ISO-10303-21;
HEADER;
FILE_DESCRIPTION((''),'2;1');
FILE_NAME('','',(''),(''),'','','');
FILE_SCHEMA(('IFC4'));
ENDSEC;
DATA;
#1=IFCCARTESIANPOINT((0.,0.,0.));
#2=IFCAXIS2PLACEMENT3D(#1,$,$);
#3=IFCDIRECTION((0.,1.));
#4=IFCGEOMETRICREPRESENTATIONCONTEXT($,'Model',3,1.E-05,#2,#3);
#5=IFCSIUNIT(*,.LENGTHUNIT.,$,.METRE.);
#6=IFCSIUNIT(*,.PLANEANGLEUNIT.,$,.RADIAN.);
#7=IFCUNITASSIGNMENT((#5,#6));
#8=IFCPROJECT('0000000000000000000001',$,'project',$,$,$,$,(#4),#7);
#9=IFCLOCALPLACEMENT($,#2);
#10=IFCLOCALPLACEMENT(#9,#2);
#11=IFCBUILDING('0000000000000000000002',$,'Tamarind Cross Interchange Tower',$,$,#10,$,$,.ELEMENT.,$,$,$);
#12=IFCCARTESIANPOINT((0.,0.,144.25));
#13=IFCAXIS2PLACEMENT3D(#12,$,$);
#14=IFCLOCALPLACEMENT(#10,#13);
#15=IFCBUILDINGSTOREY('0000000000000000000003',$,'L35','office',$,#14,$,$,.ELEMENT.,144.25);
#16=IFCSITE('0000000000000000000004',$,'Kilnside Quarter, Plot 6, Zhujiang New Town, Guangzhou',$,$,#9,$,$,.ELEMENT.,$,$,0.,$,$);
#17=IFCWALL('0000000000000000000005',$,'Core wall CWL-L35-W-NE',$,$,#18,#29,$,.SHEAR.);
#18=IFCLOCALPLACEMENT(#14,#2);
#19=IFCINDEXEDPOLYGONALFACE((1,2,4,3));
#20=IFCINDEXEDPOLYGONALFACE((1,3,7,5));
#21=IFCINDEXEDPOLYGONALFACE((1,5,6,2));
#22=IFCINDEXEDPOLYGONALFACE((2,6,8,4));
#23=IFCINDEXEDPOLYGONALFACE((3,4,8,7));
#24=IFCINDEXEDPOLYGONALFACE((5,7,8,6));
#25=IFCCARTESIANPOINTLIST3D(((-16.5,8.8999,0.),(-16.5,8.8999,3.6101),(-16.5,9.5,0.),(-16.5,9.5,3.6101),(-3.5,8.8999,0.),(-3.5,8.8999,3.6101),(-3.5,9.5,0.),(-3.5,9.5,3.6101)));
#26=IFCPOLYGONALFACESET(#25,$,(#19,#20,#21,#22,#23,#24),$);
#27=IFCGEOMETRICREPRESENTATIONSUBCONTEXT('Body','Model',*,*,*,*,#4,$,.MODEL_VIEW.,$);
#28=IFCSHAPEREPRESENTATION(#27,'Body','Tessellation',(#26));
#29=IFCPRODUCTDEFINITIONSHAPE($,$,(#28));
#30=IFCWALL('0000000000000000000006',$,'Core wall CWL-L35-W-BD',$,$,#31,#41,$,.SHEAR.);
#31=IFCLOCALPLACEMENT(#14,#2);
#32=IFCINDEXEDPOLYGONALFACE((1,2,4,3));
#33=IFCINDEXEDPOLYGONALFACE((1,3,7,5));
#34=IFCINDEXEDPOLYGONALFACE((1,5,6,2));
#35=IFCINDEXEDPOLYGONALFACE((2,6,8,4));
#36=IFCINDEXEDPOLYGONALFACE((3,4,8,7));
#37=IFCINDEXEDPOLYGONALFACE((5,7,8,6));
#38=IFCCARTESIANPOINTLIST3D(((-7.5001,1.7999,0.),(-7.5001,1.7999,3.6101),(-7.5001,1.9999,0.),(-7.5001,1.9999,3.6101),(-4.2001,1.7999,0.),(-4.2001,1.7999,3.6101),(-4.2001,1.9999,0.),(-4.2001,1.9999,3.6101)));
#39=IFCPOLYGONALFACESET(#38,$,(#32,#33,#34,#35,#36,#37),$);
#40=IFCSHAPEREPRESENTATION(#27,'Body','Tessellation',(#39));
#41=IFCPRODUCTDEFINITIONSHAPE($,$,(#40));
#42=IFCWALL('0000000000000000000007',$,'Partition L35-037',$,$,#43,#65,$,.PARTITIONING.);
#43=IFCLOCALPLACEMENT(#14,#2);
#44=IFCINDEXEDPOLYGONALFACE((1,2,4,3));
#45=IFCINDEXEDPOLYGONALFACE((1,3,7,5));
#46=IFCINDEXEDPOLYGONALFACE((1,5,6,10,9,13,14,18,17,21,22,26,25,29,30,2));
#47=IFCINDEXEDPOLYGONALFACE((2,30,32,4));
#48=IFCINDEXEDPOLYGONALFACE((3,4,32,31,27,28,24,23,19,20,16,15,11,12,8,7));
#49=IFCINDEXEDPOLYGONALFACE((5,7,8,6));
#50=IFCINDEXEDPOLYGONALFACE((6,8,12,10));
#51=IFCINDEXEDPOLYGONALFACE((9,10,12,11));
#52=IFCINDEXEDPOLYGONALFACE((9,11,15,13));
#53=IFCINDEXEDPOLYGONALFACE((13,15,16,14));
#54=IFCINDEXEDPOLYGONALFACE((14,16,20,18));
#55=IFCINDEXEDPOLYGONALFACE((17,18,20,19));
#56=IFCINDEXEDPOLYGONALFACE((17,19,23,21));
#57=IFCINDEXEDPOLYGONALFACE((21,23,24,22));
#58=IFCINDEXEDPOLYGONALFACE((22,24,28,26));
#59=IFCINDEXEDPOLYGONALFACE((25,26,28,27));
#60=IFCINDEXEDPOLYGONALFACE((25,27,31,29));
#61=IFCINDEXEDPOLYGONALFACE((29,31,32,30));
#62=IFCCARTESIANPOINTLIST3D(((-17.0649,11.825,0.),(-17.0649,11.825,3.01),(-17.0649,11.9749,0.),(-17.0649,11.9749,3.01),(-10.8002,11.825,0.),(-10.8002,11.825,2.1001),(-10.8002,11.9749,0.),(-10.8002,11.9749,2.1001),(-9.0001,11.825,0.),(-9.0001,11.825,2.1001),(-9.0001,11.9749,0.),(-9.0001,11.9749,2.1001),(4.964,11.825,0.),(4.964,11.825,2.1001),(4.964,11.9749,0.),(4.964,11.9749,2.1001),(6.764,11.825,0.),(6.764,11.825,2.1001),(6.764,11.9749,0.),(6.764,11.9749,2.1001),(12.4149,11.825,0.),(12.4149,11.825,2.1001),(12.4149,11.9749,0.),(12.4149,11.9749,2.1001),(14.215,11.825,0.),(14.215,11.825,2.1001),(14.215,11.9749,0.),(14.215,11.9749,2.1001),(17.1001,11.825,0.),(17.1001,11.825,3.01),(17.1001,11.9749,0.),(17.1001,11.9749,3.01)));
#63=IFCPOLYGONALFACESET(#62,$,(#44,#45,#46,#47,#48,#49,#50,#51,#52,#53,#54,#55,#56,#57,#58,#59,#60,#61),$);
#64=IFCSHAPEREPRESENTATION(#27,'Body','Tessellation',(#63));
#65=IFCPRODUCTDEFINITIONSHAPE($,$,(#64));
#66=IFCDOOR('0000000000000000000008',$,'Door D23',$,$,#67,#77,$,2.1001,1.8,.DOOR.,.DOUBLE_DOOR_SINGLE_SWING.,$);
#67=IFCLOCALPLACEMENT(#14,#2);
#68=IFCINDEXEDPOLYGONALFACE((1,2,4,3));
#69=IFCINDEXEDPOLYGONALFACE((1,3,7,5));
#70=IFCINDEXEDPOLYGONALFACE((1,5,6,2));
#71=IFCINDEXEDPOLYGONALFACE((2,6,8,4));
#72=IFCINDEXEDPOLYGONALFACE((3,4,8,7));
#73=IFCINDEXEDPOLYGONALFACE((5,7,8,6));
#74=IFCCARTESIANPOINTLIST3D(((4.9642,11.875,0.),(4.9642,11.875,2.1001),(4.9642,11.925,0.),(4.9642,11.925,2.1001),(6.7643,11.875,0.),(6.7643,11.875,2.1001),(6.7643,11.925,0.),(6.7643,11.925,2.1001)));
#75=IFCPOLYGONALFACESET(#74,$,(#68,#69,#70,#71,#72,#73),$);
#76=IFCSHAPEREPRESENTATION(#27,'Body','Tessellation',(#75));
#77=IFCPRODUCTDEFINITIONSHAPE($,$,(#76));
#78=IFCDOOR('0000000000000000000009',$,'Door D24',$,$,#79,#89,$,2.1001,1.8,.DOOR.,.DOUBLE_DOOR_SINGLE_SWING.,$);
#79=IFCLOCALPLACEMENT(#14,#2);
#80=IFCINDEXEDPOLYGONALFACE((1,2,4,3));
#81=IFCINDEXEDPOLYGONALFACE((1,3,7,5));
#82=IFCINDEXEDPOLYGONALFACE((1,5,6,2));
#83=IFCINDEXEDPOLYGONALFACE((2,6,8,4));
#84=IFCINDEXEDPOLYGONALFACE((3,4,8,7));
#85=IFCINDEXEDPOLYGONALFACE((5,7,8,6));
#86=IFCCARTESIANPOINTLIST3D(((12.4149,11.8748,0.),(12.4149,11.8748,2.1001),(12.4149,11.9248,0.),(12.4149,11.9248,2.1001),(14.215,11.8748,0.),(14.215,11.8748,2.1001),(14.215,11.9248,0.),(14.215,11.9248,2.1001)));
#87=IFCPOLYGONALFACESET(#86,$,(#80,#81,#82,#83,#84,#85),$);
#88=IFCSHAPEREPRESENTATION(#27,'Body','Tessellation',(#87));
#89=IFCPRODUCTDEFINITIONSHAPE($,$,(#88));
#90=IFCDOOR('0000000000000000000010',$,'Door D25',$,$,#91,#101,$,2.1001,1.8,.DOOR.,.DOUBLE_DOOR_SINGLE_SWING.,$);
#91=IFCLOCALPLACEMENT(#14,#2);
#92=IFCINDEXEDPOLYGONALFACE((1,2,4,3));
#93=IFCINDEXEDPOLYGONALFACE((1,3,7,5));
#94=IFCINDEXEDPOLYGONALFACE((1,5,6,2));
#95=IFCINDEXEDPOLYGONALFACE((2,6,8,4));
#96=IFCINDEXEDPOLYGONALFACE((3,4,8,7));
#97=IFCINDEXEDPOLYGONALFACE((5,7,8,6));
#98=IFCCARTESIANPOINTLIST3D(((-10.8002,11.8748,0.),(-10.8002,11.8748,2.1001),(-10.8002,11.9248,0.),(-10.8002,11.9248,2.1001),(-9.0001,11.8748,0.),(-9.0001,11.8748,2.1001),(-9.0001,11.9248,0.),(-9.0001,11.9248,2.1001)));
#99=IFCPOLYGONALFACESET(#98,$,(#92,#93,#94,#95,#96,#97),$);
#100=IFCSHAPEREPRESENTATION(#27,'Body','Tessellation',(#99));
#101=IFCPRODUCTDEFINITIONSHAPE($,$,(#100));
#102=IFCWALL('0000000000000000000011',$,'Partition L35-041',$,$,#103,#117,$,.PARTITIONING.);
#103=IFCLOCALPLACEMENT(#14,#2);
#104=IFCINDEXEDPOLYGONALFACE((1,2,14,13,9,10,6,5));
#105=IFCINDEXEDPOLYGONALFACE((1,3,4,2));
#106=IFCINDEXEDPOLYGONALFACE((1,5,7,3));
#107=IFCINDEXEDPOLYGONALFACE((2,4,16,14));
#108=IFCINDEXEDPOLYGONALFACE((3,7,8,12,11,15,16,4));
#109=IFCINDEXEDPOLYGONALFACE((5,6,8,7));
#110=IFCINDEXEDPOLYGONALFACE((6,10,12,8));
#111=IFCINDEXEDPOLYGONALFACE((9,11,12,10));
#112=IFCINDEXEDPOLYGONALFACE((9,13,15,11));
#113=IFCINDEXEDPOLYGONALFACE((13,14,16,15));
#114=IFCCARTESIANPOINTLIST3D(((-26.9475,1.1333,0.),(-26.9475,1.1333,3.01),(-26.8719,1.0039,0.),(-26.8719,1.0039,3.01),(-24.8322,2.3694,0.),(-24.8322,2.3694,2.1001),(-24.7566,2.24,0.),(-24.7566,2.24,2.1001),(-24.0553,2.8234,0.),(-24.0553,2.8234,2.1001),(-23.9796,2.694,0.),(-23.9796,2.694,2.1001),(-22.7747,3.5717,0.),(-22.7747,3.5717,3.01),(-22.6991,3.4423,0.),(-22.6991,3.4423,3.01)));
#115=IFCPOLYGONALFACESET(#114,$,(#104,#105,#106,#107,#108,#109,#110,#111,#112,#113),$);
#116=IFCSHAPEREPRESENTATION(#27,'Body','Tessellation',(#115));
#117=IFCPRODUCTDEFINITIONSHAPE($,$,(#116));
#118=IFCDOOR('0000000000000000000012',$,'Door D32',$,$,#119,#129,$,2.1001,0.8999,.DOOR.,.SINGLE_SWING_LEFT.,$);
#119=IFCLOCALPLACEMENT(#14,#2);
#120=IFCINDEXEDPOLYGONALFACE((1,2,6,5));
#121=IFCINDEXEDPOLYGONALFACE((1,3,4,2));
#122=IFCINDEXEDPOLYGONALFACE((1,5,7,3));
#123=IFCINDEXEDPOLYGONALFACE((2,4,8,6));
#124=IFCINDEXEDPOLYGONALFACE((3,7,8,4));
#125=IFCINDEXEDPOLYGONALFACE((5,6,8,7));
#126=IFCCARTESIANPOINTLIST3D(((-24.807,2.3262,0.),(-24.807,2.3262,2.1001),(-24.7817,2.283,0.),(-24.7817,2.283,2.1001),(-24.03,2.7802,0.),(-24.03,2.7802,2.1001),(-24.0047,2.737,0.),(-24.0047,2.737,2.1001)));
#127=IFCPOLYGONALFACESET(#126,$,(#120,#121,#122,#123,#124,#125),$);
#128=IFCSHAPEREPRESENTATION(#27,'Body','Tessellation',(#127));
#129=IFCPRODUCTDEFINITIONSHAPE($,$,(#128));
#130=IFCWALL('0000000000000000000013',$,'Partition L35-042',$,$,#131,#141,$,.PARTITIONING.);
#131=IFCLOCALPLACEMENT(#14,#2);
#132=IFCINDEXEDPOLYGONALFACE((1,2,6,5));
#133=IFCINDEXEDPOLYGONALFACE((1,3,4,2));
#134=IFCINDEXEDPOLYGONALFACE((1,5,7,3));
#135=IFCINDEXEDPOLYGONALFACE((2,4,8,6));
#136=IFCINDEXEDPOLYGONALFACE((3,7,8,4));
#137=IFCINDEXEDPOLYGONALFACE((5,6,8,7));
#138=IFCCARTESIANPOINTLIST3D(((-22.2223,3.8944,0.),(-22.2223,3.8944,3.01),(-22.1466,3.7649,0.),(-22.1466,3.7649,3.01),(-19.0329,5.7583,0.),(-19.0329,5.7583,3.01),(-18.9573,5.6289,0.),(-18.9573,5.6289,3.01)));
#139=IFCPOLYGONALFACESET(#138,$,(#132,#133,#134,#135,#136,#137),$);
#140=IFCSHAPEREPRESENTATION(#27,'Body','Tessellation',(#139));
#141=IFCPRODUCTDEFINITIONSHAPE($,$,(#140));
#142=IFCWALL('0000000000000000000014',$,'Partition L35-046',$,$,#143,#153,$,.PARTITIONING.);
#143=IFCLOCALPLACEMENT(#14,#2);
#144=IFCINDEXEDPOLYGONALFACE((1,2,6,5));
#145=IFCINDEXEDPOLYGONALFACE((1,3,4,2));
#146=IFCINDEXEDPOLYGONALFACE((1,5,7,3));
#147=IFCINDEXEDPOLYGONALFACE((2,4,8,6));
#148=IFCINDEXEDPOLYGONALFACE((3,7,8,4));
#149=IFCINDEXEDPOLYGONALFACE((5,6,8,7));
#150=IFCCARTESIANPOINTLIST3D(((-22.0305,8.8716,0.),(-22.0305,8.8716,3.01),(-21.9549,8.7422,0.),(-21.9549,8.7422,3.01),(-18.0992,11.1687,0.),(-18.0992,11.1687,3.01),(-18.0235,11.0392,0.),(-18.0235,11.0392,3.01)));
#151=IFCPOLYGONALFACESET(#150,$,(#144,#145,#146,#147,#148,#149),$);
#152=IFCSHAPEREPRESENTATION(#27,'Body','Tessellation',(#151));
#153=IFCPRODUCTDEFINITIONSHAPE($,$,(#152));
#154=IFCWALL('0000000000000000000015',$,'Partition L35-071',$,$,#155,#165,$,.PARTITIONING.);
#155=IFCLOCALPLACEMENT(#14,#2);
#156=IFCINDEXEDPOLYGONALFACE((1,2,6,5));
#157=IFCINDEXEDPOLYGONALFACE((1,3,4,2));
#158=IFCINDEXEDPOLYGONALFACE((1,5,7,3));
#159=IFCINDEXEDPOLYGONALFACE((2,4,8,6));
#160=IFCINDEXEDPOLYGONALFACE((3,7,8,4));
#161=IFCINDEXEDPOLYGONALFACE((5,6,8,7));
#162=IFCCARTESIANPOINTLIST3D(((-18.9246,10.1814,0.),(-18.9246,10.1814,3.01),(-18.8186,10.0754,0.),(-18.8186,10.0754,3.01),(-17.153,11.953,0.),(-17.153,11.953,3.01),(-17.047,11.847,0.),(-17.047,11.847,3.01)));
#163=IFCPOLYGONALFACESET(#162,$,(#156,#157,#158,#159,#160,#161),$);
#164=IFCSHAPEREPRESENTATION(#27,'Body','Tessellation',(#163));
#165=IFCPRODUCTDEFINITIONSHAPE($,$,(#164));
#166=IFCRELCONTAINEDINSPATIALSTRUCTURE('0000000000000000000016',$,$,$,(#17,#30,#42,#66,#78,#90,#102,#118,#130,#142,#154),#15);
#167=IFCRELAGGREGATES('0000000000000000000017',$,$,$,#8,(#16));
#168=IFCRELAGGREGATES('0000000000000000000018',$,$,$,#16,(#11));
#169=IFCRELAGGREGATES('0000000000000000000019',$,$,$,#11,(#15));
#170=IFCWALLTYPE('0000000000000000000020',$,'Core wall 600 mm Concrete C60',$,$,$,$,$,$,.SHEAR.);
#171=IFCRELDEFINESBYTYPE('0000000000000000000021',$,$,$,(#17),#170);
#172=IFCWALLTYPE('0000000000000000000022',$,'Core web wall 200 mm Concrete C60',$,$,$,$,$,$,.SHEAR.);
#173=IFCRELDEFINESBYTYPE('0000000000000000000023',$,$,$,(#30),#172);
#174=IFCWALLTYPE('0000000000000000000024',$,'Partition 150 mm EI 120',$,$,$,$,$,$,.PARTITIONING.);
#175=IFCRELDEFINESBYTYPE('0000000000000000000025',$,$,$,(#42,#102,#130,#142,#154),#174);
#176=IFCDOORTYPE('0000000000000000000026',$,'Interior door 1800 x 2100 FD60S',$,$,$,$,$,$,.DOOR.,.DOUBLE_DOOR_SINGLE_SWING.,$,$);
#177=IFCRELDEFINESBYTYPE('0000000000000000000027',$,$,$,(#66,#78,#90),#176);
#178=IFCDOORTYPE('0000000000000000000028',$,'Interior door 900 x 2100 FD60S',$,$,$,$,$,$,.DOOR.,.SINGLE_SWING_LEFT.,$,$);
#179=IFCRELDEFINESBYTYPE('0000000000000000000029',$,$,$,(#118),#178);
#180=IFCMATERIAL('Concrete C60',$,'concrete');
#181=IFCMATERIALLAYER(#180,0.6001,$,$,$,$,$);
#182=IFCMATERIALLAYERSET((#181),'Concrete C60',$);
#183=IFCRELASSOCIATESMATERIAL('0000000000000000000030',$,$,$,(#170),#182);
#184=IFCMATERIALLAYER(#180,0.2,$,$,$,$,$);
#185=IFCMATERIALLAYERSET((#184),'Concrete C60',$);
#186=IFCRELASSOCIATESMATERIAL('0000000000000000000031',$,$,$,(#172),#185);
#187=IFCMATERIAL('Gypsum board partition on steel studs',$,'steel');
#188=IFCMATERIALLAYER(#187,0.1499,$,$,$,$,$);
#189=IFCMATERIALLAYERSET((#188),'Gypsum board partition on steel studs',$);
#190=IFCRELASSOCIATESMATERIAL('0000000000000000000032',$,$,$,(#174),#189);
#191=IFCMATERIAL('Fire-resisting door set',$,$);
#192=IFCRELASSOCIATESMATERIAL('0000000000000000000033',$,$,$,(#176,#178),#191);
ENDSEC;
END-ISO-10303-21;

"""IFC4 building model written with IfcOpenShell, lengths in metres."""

from ifc_helpers import new_model, si_unit, direction, frame, frame_2d, origin, place, context, subcontext, project, spatial, rectangle, extrude, material, layer, layer_set, type_object, element, fill, save


model = new_model("IFC4")

# Units and contexts
model_context = context("Model", 3, precision=1e-05, world=origin(), true_north=direction((0.0, 1.0)))
body_context = subcontext(model_context, "Body", "Model", "MODEL_VIEW")
ifc_project = project(units=[si_unit("LENGTHUNIT", "METRE"), si_unit("PLANEANGLEUNIT", "RADIAN")], contexts=[model_context])

# Site, building, storey
site_placement = place(None, origin())
site = spatial("IfcSite", under=ifc_project, at=site_placement, Name="Kilnside Quarter, Plot 6, Zhujiang New Town, Guangzhou", CompositionType="ELEMENT", RefElevation=0.0)
building_placement = place(site_placement, origin())
building = spatial("IfcBuilding", under=site, at=building_placement, Name="Tamarind Cross Interchange Tower", CompositionType="ELEMENT")
storey_placement = place(building_placement, frame((0.0, 0.0, 144.25)))
storey = spatial("IfcBuildingStorey", under=building, at=storey_placement, Name="L35", Description="office", CompositionType="ELEMENT", Elevation=144.25)

# Shared definitions
ifc_material_1 = material(Name="Concrete C60", Category="concrete")

# Walls
ifc_layer_1 = layer(ifc_material_1, 0.6001)
ifc_layer_set_1 = layer_set([ifc_layer_1], Name="Concrete C60")
wall_type_1 = type_object("IfcWallType", Name="Core wall 600 mm Concrete C60", PredefinedType="SHEAR", material=ifc_layer_set_1)
wall_1_placement = place(storey_placement, frame((-16.5, 9.2, 0.0), z_axis=(0.0, 0.0, 1.0), x_axis=(1.0, 0.0, 0.0)))
element("IfcWall", 1, at=wall_1_placement, inside=storey, type_object=wall_type_1, Name="Core wall CWL-L35-W-NE", PredefinedType="SHEAR", context=body_context, shape_type="SweptSolid", body=[
    extrude(rectangle(XDim=13.0, YDim=0.6001, at=frame_2d((6.5, 0.0))), origin(), (0.0, 0.0, 1.0), 3.6101),
])
ifc_layer_2 = layer(ifc_material_1, 0.2)
ifc_layer_set_2 = layer_set([ifc_layer_2], Name="Concrete C60")
wall_type_2 = type_object("IfcWallType", Name="Core web wall 200 mm Concrete C60", PredefinedType="SHEAR", material=ifc_layer_set_2)
wall_2_placement = place(storey_placement, frame((-7.5, 1.8999, 0.0), z_axis=(0.0, 0.0, 1.0), x_axis=(1.0, 0.0, 0.0)))
element("IfcWall", 2, at=wall_2_placement, inside=storey, type_object=wall_type_2, Name="Core wall CWL-L35-W-BD", PredefinedType="SHEAR", context=body_context, shape_type="SweptSolid", body=[
    extrude(rectangle(XDim=3.3, YDim=0.2, at=frame_2d((1.6499, 0.0))), origin(), (0.0, 0.0, 1.0), 3.6101),
])

# Wall, openings, doors
ifc_material_2 = material(Name="Gypsum board partition on steel studs", Category="steel")
ifc_layer_3 = layer(ifc_material_2, 0.1499)
ifc_layer_set_3 = layer_set([ifc_layer_3], Name="Gypsum board partition on steel studs")
wall_type_3 = type_object("IfcWallType", Name="Partition 150 mm EI 120", PredefinedType="PARTITIONING", material=ifc_layer_set_3)
wall_3_placement = place(storey_placement, frame((-17.0649, 11.8999, 0.0), z_axis=(0.0, 0.0, 1.0), x_axis=(1.0, 0.0, 0.0)))
wall_3 = element("IfcWall", 3, at=wall_3_placement, inside=storey, type_object=wall_type_3, Name="Partition L35-037", PredefinedType="PARTITIONING", context=body_context, shape_type="SweptSolid", body=[
    extrude(rectangle(XDim=34.165, YDim=0.1499, at=frame_2d((17.0825, 0.0))), origin(), (0.0, 0.0, 1.0), 3.01),
])
opening_1_placement = place(wall_3_placement, frame((22.0291, 0.0, 0.0)))
opening_1 = element("IfcOpeningElement", 4, at=opening_1_placement, cuts=wall_3, PredefinedType="OPENING", context=body_context, shape_type="SweptSolid", body=[
    extrude(rectangle(XDim=1.8, YDim=2.1001, at=frame_2d((0.8999, 1.05))), frame((0.0, 0.085, 0.0), z_axis=(0.0, -1.0, 0.0), x_axis=(1.0, 0.0, 0.0)), (0.0, 0.0, 1.0), 0.1699),
])
opening_2_placement = place(wall_3_placement, frame((29.48, 0.0, 0.0)))
opening_2 = element("IfcOpeningElement", 5, at=opening_2_placement, cuts=wall_3, PredefinedType="OPENING", context=body_context, shape_type="SweptSolid", body=[
    extrude(rectangle(XDim=1.8, YDim=2.1001, at=frame_2d((0.8999, 1.05))), frame((0.0, 0.085, 0.0), z_axis=(0.0, -1.0, 0.0), x_axis=(1.0, 0.0, 0.0)), (0.0, 0.0, 1.0), 0.1699),
])
opening_3_placement = place(wall_3_placement, frame((6.2649, 0.0, 0.0)))
opening_3 = element("IfcOpeningElement", 6, at=opening_3_placement, cuts=wall_3, PredefinedType="OPENING", context=body_context, shape_type="SweptSolid", body=[
    extrude(rectangle(XDim=1.8, YDim=2.1001, at=frame_2d((0.8999, 1.05))), frame((0.0, 0.085, 0.0), z_axis=(0.0, -1.0, 0.0), x_axis=(1.0, 0.0, 0.0)), (0.0, 0.0, 1.0), 0.1699),
])
ifc_material_3 = material(Name="Fire-resisting door set")
door_type_1 = type_object("IfcDoorType", Name="Interior door 1800 x 2100 FD60S", OperationType="DOUBLE_DOOR_SINGLE_SWING", PredefinedType="DOOR", material=ifc_material_3)
door_1_placement = place(opening_1_placement, frame((1.8, 0.0, 0.0), z_axis=(0.0, 0.0, 1.0), x_axis=(-1.0, 0.0, 0.0)))
door_1 = element("IfcDoor", 7, at=door_1_placement, inside=storey, type_object=door_type_1, Name="Door D23", OperationType="DOUBLE_DOOR_SINGLE_SWING", OverallHeight=2.1001, OverallWidth=1.8, PredefinedType="DOOR", context=body_context, shape_type="SweptSolid", body=[
    extrude(rectangle(XDim=1.8, YDim=2.1001, at=frame_2d((0.8999, 1.05))), frame((0.0, 0.0249, 0.0), z_axis=(0.0, -1.0, 0.0), x_axis=(1.0, 0.0, 0.0)), (0.0, 0.0, 1.0), 0.05),
])
fill(opening_1, door_1)
door_2_placement = place(opening_2_placement, origin())
door_2 = element("IfcDoor", 8, at=door_2_placement, inside=storey, type_object=door_type_1, Name="Door D24", OperationType="DOUBLE_DOOR_SINGLE_SWING", OverallHeight=2.1001, OverallWidth=1.8, PredefinedType="DOOR", context=body_context, shape_type="SweptSolid", body=[
    extrude(rectangle(XDim=1.8, YDim=2.1001, at=frame_2d((0.8999, 1.05))), frame((0.0, 0.0249, 0.0), z_axis=(0.0, -1.0, 0.0), x_axis=(1.0, 0.0, 0.0)), (0.0, 0.0, 1.0), 0.05),
])
fill(opening_2, door_2)
door_3_placement = place(opening_3_placement, origin())
door_3 = element("IfcDoor", 9, at=door_3_placement, inside=storey, type_object=door_type_1, Name="Door D25", OperationType="DOUBLE_DOOR_SINGLE_SWING", OverallHeight=2.1001, OverallWidth=1.8, PredefinedType="DOOR", context=body_context, shape_type="SweptSolid", body=[
    extrude(rectangle(XDim=1.8, YDim=2.1001, at=frame_2d((0.8999, 1.05))), frame((0.0, 0.0249, 0.0), z_axis=(0.0, -1.0, 0.0), x_axis=(1.0, 0.0, 0.0)), (0.0, 0.0, 1.0), 0.05),
])
fill(opening_3, door_3)

# Wall, opening, door
wall_4_placement = place(storey_placement, frame((-26.9097, 1.0686, 0.0), z_axis=(0.0, 0.0, 1.0), x_axis=(0.86339, 0.504537, 0.0)))
wall_4 = element("IfcWall", 10, at=wall_4_placement, inside=storey, type_object=wall_type_3, Name="Partition L35-041", PredefinedType="PARTITIONING", context=body_context, shape_type="SweptSolid", body=[
    extrude(rectangle(XDim=4.833, YDim=0.1499, at=frame_2d((2.4165, 0.0))), origin(), (0.0, 0.0, 1.0), 3.01),
])
opening_4_placement = place(wall_4_placement, frame((2.45, 0.0, 0.0)))
opening_4 = element("IfcOpeningElement", 11, at=opening_4_placement, cuts=wall_4, PredefinedType="OPENING", context=body_context, shape_type="SweptSolid", body=[
    extrude(rectangle(XDim=0.8999, YDim=2.1001, at=frame_2d((0.45, 1.05))), frame((0.0, 0.085, 0.0), z_axis=(0.0, -1.0, 0.0), x_axis=(1.0, 0.0, 0.0)), (0.0, 0.0, 1.0), 0.1699),
])
door_type_2 = type_object("IfcDoorType", Name="Interior door 900 x 2100 FD60S", OperationType="SINGLE_SWING_LEFT", PredefinedType="DOOR", material=ifc_material_3)
door_4_placement = place(opening_4_placement, origin())
door_4 = element("IfcDoor", 12, at=door_4_placement, inside=storey, type_object=door_type_2, Name="Door D32", OperationType="SINGLE_SWING_LEFT", OverallHeight=2.1001, OverallWidth=0.8999, PredefinedType="DOOR", context=body_context, shape_type="SweptSolid", body=[
    extrude(rectangle(XDim=0.8999, YDim=2.1001, at=frame_2d((0.45, 1.05))), frame((0.0, 0.0249, 0.0), z_axis=(0.0, -1.0, 0.0), x_axis=(1.0, 0.0, 0.0)), (0.0, 0.0, 1.0), 0.05),
])
fill(opening_4, door_4)

# Walls
wall_5_placement = place(storey_placement, frame((-22.1846, 3.8296, 0.0), z_axis=(0.0, 0.0, 1.0), x_axis=(0.863366, 0.504578, 0.0)))
element("IfcWall", 13, at=wall_5_placement, inside=storey, type_object=wall_type_3, Name="Partition L35-042", PredefinedType="PARTITIONING", context=body_context, shape_type="SweptSolid", body=[
    extrude(rectangle(XDim=3.6941, YDim=0.1499, at=frame_2d((1.8472, 0.0))), origin(), (0.0, 0.0, 1.0), 3.01),
])
wall_6_placement = place(storey_placement, frame((-21.9927, 8.8069, 0.0), z_axis=(0.0, 0.0, 1.0), x_axis=(0.863415, 0.504494, 0.0)))
element("IfcWall", 14, at=wall_6_placement, inside=storey, type_object=wall_type_3, Name="Partition L35-046", PredefinedType="PARTITIONING", context=body_context, shape_type="SweptSolid", body=[
    extrude(rectangle(XDim=4.5532, YDim=0.1499, at=frame_2d((2.2766, 0.0))), origin(), (0.0, 0.0, 1.0), 3.01),
])
wall_7_placement = place(storey_placement, frame((-18.8716, 10.1284, 0.0), z_axis=(0.0, 0.0, 1.0), x_axis=(0.707107, 0.707107, 0.0)))
element("IfcWall", 15, at=wall_7_placement, inside=storey, type_object=wall_type_3, Name="Partition L35-071", PredefinedType="PARTITIONING", context=body_context, shape_type="SweptSolid", body=[
    extrude(rectangle(XDim=2.5054, YDim=0.1499, at=frame_2d((1.2527, 0.0))), origin(), (0.0, 0.0, 1.0), 3.01),
])

save(model, "model.ifc")
